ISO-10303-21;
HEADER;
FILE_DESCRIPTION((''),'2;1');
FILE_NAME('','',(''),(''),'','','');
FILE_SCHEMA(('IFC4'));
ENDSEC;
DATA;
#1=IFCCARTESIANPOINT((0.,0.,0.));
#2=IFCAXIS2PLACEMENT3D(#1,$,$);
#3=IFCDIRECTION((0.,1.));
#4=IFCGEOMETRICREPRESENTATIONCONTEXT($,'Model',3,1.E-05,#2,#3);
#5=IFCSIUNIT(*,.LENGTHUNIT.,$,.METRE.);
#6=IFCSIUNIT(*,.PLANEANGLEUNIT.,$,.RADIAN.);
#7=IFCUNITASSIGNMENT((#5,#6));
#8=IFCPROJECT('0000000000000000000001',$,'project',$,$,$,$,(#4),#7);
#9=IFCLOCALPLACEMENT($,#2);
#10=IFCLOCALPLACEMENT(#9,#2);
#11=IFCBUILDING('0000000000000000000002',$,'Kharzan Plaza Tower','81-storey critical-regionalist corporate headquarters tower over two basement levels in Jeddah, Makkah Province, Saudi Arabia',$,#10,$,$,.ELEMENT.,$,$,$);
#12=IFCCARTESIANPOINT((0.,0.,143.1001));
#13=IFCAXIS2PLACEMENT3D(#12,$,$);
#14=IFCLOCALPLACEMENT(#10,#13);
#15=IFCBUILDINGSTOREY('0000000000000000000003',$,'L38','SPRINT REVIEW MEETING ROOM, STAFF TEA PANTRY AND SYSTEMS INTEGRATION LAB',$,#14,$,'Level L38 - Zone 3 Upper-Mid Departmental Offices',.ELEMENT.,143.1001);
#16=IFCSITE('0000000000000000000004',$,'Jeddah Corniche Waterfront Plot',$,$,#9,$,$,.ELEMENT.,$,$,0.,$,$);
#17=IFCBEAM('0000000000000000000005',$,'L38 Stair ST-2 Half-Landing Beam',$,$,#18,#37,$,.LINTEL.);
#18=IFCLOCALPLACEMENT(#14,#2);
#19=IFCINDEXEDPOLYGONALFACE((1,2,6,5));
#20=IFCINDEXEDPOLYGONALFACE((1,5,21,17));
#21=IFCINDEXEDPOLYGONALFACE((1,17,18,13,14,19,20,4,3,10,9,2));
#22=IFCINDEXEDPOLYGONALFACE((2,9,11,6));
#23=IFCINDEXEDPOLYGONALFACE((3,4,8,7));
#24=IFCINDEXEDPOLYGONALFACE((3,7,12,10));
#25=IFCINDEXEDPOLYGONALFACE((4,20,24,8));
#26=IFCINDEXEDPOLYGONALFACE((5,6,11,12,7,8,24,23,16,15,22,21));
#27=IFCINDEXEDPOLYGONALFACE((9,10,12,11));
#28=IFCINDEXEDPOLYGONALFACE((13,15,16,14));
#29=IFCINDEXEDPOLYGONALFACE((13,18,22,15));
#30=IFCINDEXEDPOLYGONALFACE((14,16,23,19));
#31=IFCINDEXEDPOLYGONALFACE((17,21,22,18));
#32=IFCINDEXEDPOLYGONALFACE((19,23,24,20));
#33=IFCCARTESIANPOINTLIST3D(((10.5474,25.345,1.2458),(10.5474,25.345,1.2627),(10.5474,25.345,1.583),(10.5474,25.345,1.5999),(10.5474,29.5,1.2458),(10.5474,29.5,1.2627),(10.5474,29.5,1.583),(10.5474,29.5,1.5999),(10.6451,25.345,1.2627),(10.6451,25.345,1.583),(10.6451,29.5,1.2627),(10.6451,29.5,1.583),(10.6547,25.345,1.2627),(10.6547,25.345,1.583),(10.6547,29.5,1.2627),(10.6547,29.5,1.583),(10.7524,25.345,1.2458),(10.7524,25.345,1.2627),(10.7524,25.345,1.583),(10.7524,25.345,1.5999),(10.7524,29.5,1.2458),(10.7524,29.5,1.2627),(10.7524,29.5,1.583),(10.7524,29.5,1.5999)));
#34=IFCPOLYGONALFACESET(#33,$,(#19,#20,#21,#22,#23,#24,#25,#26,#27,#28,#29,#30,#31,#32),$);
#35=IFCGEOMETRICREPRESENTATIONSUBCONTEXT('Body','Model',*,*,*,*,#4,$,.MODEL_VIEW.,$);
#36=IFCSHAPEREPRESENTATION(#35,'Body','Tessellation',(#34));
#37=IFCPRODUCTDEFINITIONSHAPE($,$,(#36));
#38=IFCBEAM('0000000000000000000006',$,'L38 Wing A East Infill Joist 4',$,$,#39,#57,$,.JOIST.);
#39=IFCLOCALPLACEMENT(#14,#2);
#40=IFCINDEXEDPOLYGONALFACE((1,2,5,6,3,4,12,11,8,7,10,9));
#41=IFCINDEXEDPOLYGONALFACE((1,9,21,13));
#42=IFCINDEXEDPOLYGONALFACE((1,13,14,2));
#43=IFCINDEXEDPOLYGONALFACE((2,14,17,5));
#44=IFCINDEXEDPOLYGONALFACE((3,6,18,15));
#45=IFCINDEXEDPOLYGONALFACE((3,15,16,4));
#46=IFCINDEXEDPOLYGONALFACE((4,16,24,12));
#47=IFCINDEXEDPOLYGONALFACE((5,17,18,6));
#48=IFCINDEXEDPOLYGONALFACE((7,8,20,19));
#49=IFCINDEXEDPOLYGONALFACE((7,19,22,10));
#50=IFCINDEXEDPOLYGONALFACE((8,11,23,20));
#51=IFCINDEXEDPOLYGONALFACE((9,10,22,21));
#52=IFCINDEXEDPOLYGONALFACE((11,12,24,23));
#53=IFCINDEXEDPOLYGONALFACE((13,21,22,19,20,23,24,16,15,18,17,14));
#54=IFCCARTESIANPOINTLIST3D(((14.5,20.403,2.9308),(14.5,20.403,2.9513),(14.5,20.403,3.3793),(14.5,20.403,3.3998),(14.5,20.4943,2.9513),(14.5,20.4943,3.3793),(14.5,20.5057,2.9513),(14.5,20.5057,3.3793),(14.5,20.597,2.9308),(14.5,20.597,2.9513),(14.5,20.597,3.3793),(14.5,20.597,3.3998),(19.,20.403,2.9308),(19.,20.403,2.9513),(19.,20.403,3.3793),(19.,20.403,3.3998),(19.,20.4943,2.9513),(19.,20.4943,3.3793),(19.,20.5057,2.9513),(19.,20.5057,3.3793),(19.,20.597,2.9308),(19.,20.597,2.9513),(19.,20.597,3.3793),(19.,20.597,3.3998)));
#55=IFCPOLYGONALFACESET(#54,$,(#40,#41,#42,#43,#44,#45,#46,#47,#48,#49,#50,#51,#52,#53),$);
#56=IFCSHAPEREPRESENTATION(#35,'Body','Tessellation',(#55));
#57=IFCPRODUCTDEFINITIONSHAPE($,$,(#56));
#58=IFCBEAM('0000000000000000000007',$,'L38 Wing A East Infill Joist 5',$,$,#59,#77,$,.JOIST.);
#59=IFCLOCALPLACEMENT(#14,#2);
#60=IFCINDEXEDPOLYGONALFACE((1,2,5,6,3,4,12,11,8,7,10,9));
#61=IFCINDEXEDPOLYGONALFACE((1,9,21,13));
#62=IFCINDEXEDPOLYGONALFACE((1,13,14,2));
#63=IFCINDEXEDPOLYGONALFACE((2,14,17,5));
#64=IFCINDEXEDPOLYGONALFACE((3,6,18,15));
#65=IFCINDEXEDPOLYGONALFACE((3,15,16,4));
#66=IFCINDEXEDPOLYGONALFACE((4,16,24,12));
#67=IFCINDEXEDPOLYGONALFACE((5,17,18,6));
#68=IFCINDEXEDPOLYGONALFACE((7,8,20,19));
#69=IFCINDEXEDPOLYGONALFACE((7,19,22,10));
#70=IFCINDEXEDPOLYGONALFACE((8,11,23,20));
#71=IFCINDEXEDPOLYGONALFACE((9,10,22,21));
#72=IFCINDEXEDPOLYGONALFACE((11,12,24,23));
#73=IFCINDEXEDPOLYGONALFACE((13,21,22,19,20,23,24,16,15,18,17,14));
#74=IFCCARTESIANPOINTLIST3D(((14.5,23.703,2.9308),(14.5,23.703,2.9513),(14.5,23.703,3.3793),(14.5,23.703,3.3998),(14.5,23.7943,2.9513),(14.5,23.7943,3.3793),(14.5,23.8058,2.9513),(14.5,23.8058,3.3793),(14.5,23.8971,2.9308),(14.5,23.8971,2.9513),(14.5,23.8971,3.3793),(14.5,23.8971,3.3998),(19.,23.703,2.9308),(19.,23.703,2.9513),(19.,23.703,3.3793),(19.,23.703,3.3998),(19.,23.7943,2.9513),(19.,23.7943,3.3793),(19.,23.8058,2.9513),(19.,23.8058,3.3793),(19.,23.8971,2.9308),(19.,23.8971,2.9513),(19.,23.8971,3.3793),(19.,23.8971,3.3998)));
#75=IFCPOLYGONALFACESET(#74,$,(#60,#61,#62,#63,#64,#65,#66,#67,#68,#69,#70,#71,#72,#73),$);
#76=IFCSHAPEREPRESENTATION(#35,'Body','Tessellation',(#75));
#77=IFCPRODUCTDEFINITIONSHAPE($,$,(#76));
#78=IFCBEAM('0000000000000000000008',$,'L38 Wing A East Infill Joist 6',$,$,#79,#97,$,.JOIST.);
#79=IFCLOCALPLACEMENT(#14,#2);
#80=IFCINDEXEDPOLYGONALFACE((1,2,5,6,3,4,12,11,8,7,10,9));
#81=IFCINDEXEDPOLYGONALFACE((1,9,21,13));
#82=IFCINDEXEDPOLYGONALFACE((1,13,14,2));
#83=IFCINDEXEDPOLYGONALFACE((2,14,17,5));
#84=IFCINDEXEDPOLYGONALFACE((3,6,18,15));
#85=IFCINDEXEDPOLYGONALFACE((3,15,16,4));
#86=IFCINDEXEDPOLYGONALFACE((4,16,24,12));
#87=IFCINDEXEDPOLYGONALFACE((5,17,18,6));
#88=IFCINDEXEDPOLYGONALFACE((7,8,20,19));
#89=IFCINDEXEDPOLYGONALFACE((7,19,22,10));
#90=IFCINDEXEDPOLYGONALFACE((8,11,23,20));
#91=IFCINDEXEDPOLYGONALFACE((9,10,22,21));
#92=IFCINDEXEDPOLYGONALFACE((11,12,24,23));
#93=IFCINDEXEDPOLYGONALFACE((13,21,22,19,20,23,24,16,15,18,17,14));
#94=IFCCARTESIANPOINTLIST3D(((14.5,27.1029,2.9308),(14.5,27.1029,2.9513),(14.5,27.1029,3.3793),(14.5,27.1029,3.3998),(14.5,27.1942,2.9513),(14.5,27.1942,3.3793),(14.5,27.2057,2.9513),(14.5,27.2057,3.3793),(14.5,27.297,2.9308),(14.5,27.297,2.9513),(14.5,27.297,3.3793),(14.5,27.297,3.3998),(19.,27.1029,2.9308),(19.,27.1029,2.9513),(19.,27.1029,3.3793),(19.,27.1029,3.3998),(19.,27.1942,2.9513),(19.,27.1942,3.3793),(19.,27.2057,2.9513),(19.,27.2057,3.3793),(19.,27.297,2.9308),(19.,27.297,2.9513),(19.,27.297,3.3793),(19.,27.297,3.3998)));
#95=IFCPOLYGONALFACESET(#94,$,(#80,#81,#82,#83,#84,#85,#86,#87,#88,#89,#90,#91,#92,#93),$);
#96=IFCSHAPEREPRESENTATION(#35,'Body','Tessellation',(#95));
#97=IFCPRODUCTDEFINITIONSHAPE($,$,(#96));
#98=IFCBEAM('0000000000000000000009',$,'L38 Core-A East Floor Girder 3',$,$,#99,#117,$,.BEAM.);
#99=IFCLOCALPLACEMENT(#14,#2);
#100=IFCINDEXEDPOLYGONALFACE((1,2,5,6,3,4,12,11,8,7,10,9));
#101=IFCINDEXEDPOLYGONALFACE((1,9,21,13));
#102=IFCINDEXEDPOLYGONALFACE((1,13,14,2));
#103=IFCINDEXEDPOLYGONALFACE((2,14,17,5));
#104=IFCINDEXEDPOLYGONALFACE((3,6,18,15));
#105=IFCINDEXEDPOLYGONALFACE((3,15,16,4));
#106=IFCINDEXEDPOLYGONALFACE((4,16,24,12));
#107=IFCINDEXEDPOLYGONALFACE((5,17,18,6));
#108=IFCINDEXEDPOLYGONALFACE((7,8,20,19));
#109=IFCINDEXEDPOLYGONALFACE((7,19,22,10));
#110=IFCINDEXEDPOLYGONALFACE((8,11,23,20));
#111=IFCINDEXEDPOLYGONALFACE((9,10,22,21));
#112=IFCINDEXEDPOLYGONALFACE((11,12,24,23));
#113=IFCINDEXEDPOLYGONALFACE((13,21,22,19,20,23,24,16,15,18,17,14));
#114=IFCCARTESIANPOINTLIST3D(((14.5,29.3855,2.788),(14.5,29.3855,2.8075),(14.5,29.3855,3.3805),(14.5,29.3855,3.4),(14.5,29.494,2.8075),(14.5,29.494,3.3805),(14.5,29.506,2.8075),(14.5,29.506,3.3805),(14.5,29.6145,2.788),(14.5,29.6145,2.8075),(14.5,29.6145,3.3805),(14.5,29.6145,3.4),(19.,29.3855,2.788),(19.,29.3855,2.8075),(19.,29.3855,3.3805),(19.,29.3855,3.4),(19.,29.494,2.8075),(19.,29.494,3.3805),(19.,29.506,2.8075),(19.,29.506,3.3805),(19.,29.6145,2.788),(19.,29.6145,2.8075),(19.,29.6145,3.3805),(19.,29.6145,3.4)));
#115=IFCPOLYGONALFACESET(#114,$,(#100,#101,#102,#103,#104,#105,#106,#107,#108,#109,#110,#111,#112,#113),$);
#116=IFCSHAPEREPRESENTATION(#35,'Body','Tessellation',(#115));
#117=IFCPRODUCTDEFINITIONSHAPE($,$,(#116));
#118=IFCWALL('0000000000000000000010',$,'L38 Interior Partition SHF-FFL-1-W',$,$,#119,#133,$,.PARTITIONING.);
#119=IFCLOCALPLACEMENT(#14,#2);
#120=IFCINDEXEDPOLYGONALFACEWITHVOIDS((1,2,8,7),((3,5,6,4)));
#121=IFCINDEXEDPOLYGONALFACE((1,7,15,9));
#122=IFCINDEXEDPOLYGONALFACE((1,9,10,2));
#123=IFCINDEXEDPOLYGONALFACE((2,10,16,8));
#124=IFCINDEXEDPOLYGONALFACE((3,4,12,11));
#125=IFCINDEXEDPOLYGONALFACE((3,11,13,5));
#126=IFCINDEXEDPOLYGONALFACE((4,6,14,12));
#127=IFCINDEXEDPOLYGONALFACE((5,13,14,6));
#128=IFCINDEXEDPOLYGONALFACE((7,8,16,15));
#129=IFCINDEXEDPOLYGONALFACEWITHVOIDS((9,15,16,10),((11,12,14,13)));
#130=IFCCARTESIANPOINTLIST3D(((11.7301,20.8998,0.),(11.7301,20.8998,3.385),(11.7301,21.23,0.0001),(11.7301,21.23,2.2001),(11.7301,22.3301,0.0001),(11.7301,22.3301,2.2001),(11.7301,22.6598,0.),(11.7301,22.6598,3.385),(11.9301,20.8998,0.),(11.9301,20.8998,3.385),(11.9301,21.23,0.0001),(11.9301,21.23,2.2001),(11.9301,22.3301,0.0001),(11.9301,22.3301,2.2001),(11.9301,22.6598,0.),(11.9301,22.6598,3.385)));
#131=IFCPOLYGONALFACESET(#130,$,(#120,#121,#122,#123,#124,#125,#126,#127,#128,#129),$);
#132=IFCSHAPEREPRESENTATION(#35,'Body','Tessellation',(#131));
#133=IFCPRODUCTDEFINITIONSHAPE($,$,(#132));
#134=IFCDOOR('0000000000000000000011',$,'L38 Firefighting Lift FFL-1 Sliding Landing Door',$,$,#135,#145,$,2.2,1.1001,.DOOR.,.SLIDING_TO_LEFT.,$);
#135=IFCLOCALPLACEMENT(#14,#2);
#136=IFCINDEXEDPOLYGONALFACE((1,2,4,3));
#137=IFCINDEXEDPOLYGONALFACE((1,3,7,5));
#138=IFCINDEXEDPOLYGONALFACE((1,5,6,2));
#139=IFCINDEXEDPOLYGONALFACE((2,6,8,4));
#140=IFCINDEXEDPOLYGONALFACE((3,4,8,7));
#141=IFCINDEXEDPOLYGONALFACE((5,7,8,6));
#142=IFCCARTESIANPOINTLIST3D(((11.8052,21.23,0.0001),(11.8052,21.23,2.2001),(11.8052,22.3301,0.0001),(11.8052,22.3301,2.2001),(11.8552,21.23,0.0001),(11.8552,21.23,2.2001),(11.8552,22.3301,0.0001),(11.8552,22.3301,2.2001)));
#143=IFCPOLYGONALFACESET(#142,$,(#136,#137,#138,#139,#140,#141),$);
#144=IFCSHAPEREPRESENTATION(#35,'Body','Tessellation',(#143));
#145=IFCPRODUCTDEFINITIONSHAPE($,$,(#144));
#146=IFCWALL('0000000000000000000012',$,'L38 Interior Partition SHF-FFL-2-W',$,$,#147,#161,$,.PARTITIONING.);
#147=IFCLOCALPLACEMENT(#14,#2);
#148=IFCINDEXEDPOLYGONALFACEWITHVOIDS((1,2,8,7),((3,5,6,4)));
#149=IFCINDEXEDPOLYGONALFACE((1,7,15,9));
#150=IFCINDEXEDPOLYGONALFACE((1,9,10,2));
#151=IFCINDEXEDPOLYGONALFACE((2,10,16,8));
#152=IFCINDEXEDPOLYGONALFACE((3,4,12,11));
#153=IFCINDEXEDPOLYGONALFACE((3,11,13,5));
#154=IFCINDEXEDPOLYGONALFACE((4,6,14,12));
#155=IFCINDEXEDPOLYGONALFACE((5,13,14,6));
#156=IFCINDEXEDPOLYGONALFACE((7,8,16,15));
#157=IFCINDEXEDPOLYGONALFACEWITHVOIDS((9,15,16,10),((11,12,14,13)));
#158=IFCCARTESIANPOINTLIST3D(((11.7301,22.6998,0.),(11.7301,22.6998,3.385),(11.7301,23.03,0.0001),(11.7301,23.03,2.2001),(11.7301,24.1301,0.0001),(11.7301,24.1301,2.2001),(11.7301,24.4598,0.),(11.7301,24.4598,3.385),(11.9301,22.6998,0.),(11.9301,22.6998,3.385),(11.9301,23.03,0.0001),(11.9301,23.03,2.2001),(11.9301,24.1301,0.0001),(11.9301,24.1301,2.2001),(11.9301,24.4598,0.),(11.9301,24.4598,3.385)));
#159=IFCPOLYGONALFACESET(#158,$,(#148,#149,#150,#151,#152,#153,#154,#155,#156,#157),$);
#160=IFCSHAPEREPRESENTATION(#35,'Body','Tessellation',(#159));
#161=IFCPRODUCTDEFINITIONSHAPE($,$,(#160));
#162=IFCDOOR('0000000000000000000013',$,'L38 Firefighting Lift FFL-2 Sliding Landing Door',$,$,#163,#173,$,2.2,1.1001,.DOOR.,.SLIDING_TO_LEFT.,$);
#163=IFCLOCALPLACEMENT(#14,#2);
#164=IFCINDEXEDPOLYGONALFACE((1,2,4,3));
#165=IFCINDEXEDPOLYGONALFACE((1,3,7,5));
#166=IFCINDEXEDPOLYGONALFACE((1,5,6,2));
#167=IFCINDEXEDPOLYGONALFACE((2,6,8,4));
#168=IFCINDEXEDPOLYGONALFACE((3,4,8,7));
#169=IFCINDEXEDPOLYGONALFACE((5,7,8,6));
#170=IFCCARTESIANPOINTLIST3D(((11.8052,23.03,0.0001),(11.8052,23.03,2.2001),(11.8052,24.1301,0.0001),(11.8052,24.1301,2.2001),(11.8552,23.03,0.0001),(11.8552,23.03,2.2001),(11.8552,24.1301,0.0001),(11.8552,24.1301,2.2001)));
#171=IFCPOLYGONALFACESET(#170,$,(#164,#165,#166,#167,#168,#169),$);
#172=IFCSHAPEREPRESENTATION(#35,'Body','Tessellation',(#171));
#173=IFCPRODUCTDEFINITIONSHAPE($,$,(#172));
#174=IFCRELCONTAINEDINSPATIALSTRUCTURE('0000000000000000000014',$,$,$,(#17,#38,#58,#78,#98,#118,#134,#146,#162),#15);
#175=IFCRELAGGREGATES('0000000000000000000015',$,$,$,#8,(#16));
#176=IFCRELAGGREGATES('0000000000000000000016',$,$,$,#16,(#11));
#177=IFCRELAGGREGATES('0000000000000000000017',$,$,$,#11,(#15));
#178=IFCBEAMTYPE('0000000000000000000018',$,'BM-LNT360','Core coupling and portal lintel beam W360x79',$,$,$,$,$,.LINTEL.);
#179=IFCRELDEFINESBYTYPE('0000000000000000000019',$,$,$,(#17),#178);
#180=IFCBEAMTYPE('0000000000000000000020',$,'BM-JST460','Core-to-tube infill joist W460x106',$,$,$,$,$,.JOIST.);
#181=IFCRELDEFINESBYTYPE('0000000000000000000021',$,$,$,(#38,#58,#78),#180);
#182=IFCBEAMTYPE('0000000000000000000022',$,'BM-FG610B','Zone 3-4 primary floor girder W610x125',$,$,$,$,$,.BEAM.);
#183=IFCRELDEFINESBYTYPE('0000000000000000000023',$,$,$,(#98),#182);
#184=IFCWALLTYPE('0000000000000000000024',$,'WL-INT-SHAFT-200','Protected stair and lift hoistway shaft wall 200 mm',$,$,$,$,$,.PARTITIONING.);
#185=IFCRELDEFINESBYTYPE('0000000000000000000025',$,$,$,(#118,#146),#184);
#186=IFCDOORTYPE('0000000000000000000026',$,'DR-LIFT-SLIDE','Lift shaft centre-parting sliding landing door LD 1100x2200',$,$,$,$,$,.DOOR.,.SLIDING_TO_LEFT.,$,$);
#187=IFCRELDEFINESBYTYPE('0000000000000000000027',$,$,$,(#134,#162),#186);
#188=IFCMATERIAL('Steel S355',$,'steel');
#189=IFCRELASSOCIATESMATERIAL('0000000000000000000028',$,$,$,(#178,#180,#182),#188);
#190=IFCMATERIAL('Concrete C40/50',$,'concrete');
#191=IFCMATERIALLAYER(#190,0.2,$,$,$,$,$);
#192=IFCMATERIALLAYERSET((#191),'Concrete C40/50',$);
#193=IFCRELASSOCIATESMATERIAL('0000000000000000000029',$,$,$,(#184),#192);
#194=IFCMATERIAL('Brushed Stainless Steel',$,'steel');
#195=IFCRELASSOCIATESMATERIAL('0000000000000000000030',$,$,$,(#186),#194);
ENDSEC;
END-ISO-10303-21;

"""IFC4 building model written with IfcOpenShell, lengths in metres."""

from ifc_helpers import new_model, si_unit, direction, frame, frame_2d, origin, origin_2d, place, context, subcontext, project, spatial, rectangle, i_section, extrude, source, transform, mapped, material, layer, layer_set, material_profile, profile_set, type_object, element, fill, save


model = new_model("IFC4")

# Units and contexts
model_context = context("Model", 3, precision=1e-05, world=origin(), true_north=direction((0.0, 1.0)))
body_context = subcontext(model_context, "Body", "Model", "MODEL_VIEW")
ifc_project = project(units=[si_unit("LENGTHUNIT", "METRE"), si_unit("PLANEANGLEUNIT", "RADIAN")], contexts=[model_context])

# Site, building, storey
site_placement = place(None, origin())
site = spatial("IfcSite", under=ifc_project, at=site_placement, Name="Jeddah Corniche Waterfront Plot", CompositionType="ELEMENT", RefElevation=0.0)
building_placement = place(site_placement, origin())
building = spatial("IfcBuilding", under=site, at=building_placement, Name="Kharzan Plaza Tower", Description="81-storey critical-regionalist corporate headquarters tower over two basement levels in Jeddah, Makkah Province, Saudi Arabia", CompositionType="ELEMENT")
storey_placement = place(building_placement, frame((0.0, 0.0, 143.1001)))
storey = spatial("IfcBuildingStorey", under=building, at=storey_placement, Name="L38", Description="SPRINT REVIEW MEETING ROOM, STAFF TEA PANTRY AND SYSTEMS INTEGRATION LAB", LongName="Level L38 - Zone 3 Upper-Mid Departmental Offices", CompositionType="ELEMENT", Elevation=143.1001)

# Beams
ifc_material_1 = material(Name="Steel S355", Category="steel")
ifc_material_profile_1 = material_profile(ifc_material_1, i_section(OverallWidth=0.2051, OverallDepth=0.354, WebThickness=0.0095, FlangeThickness=0.0168, at=origin_2d()), Name="W360x79")
ifc_profile_set_1 = profile_set([ifc_material_profile_1], Name="Steel S355")
beam_type_1 = type_object("IfcBeamType", Name="BM-LNT360", Description="Core coupling and portal lintel beam W360x79", PredefinedType="LINTEL", material=ifc_profile_set_1)
shared_shape_1 = source(origin(), body_context, "Body", "SweptSolid", [
    extrude(i_section(OverallWidth=0.2051, OverallDepth=0.354, WebThickness=0.0095, FlangeThickness=0.0168, at=origin_2d()), origin(), (0.0, 0.0, 1.0), 4.155),
])
beam_1_placement = place(storey_placement, frame((10.6499, 25.345, 1.4229), z_axis=(0.0, 1.0, 0.0), x_axis=(-1.0, 0.0, 0.0)))
element("IfcBeam", 1, at=beam_1_placement, inside=storey, type_object=beam_type_1, Name="L38 Stair ST-2 Half-Landing Beam", PredefinedType="LINTEL", context=body_context, shape_type="MappedRepresentation", body=[
    mapped(shared_shape_1, transform((0.0, 0.0, 0.0), x_axis=(1.0, 0.0, 0.0), y_axis=(0.0, 1.0, 0.0), z_axis=(0.0, 0.0, 1.0))),
])
ifc_material_profile_2 = material_profile(ifc_material_1, i_section(OverallWidth=0.1941, OverallDepth=0.469, WebThickness=0.0115, FlangeThickness=0.0205, at=origin_2d()), Name="W460x106")
ifc_profile_set_2 = profile_set([ifc_material_profile_2], Name="Steel S355")
beam_type_2 = type_object("IfcBeamType", Name="BM-JST460", Description="Core-to-tube infill joist W460x106", PredefinedType="JOIST", material=ifc_profile_set_2)
shared_shape_2 = source(origin(), body_context, "Body", "SweptSolid", [
    extrude(i_section(OverallWidth=0.1941, OverallDepth=0.469, WebThickness=0.0115, FlangeThickness=0.0205, at=origin_2d()), origin(), (0.0, 0.0, 1.0), 4.5),
])
for number, where, z_axis, x_axis, name in (
    (2, (14.5, 20.5, 3.1653), (1.0, 0.0, 0.0), (0.0, 1.0, 0.0), "L38 Wing A East Infill Joist 4"),
    (3, (14.5, 23.8, 3.1653), (1.0, 0.0, 0.0), (0.0, 1.0, 0.0), "L38 Wing A East Infill Joist 5"),
    (4, (14.5, 27.2, 3.1653), (1.0, 0.0, 0.0), (0.0, 1.0, 0.0), "L38 Wing A East Infill Joist 6"),
):
    element("IfcBeam", number, at=place(storey_placement, frame(where, z_axis=z_axis, x_axis=x_axis)), inside=storey, type_object=beam_type_2, Name=name, PredefinedType="JOIST", context=body_context, shape_type="MappedRepresentation", body=[
        mapped(shared_shape_2, transform((0.0, 0.0, 0.0), x_axis=(1.0, 0.0, 0.0), y_axis=(0.0, 1.0, 0.0), z_axis=(0.0, 0.0, 1.0))),
    ])
ifc_material_profile_3 = material_profile(ifc_material_1, i_section(OverallWidth=0.229, OverallDepth=0.6121, WebThickness=0.012, FlangeThickness=0.0195, at=origin_2d()), Name="W610x125")
ifc_profile_set_3 = profile_set([ifc_material_profile_3], Name="Steel S355")
beam_type_3 = type_object("IfcBeamType", Name="BM-FG610B", Description="Zone 3-4 primary floor girder W610x125", PredefinedType="BEAM", material=ifc_profile_set_3)
shared_shape_3 = source(origin(), body_context, "Body", "SweptSolid", [
    extrude(i_section(OverallWidth=0.229, OverallDepth=0.6121, WebThickness=0.012, FlangeThickness=0.0195, at=origin_2d()), origin(), (0.0, 0.0, 1.0), 4.5),
])
beam_2_placement = place(storey_placement, frame((14.5, 29.5, 3.094), z_axis=(1.0, 0.0, 0.0), x_axis=(0.0, 1.0, 0.0)))
element("IfcBeam", 5, at=beam_2_placement, inside=storey, type_object=beam_type_3, Name="L38 Core-A East Floor Girder 3", PredefinedType="BEAM", context=body_context, shape_type="MappedRepresentation", body=[
    mapped(shared_shape_3, transform((0.0, 0.0, 0.0), x_axis=(1.0, 0.0, 0.0), y_axis=(0.0, 1.0, 0.0), z_axis=(0.0, 0.0, 1.0))),
])

# Walls, openings, doors
ifc_material_2 = material(Name="Concrete C40/50", Category="concrete")
ifc_layer_1 = layer(ifc_material_2, 0.2)
ifc_layer_set_1 = layer_set([ifc_layer_1], Name="Concrete C40/50")
wall_type_1 = type_object("IfcWallType", Name="WL-INT-SHAFT-200", Description="Protected stair and lift hoistway shaft wall 200 mm", PredefinedType="PARTITIONING", material=ifc_layer_set_1)
wall_1_placement = place(storey_placement, frame((11.8301, 20.8999, 0.0), z_axis=(0.0, 0.0, 1.0), x_axis=(0.0, 1.0, 0.0)))
wall_1 = element("IfcWall", 6, at=wall_1_placement, inside=storey, type_object=wall_type_1, Name="L38 Interior Partition SHF-FFL-1-W", PredefinedType="PARTITIONING", context=body_context, shape_type="SweptSolid", body=[
    extrude(rectangle(XDim=1.76, YDim=0.2, at=frame_2d((0.8799, 0.0))), origin(), (0.0, 0.0, 1.0), 3.385),
])
opening_1_placement = place(wall_1_placement, frame((0.3301, 0.0, 0.0)))
opening_1 = element("IfcOpeningElement", 7, at=opening_1_placement, cuts=wall_1, PredefinedType="OPENING", context=body_context, shape_type="SweptSolid", body=[
    extrude(rectangle(XDim=1.1001, YDim=2.2, at=frame_2d((0.55, 1.1001))), frame((0.0, 0.1099, 0.0), z_axis=(0.0, -1.0, 0.0), x_axis=(1.0, 0.0, 0.0)), (0.0, 0.0, 1.0), 0.22),
])
ifc_material_3 = material(Name="Brushed Stainless Steel", Category="steel")
door_type_1 = type_object("IfcDoorType", Name="DR-LIFT-SLIDE", Description="Lift shaft centre-parting sliding landing door LD 1100x2200", OperationType="SLIDING_TO_LEFT", PredefinedType="DOOR", material=ifc_material_3)
shared_shape_4 = source(origin(), body_context, "Body", "SweptSolid", [
    extrude(rectangle(XDim=1.1001, YDim=2.2, at=frame_2d((0.55, 1.1001))), frame((0.0, 0.0249, 0.0), z_axis=(0.0, -1.0, 0.0), x_axis=(1.0, 0.0, 0.0)), (0.0, 0.0, 1.0), 0.05),
])
door_1_placement = place(opening_1_placement, origin())
door_1 = element("IfcDoor", 8, at=door_1_placement, inside=storey, type_object=door_type_1, Name="L38 Firefighting Lift FFL-1 Sliding Landing Door", OperationType="SLIDING_TO_LEFT", OverallHeight=2.2, OverallWidth=1.1001, PredefinedType="DOOR", context=body_context, shape_type="MappedRepresentation", body=[
    mapped(shared_shape_4, transform((0.0, 0.0, 0.0), x_axis=(1.0, 0.0, 0.0), y_axis=(0.0, 1.0, 0.0), z_axis=(0.0, 0.0, 1.0))),
])
fill(opening_1, door_1)
wall_2_placement = place(storey_placement, frame((11.8301, 22.7, 0.0), z_axis=(0.0, 0.0, 1.0), x_axis=(0.0, 1.0, 0.0)))
wall_2 = element("IfcWall", 9, at=wall_2_placement, inside=storey, type_object=wall_type_1, Name="L38 Interior Partition SHF-FFL-2-W", PredefinedType="PARTITIONING", context=body_context, shape_type="SweptSolid", body=[
    extrude(rectangle(XDim=1.76, YDim=0.2, at=frame_2d((0.8799, 0.0))), origin(), (0.0, 0.0, 1.0), 3.385),
])
opening_2_placement = place(wall_2_placement, frame((0.3301, 0.0, 0.0)))
opening_2 = element("IfcOpeningElement", 10, at=opening_2_placement, cuts=wall_2, PredefinedType="OPENING", context=body_context, shape_type="SweptSolid", body=[
    extrude(rectangle(XDim=1.1001, YDim=2.2, at=frame_2d((0.55, 1.1001))), frame((0.0, 0.1099, 0.0), z_axis=(0.0, -1.0, 0.0), x_axis=(1.0, 0.0, 0.0)), (0.0, 0.0, 1.0), 0.22),
])
door_2_placement = place(opening_2_placement, origin())
door_2 = element("IfcDoor", 11, at=door_2_placement, inside=storey, type_object=door_type_1, Name="L38 Firefighting Lift FFL-2 Sliding Landing Door", OperationType="SLIDING_TO_LEFT", OverallHeight=2.2, OverallWidth=1.1001, PredefinedType="DOOR", context=body_context, shape_type="MappedRepresentation", body=[
    mapped(shared_shape_4, transform((0.0, 0.0, 0.0), x_axis=(1.0, 0.0, 0.0), y_axis=(0.0, 1.0, 0.0), z_axis=(0.0, 0.0, 1.0))),
])
fill(opening_2, door_2)

save(model, "model.ifc")
